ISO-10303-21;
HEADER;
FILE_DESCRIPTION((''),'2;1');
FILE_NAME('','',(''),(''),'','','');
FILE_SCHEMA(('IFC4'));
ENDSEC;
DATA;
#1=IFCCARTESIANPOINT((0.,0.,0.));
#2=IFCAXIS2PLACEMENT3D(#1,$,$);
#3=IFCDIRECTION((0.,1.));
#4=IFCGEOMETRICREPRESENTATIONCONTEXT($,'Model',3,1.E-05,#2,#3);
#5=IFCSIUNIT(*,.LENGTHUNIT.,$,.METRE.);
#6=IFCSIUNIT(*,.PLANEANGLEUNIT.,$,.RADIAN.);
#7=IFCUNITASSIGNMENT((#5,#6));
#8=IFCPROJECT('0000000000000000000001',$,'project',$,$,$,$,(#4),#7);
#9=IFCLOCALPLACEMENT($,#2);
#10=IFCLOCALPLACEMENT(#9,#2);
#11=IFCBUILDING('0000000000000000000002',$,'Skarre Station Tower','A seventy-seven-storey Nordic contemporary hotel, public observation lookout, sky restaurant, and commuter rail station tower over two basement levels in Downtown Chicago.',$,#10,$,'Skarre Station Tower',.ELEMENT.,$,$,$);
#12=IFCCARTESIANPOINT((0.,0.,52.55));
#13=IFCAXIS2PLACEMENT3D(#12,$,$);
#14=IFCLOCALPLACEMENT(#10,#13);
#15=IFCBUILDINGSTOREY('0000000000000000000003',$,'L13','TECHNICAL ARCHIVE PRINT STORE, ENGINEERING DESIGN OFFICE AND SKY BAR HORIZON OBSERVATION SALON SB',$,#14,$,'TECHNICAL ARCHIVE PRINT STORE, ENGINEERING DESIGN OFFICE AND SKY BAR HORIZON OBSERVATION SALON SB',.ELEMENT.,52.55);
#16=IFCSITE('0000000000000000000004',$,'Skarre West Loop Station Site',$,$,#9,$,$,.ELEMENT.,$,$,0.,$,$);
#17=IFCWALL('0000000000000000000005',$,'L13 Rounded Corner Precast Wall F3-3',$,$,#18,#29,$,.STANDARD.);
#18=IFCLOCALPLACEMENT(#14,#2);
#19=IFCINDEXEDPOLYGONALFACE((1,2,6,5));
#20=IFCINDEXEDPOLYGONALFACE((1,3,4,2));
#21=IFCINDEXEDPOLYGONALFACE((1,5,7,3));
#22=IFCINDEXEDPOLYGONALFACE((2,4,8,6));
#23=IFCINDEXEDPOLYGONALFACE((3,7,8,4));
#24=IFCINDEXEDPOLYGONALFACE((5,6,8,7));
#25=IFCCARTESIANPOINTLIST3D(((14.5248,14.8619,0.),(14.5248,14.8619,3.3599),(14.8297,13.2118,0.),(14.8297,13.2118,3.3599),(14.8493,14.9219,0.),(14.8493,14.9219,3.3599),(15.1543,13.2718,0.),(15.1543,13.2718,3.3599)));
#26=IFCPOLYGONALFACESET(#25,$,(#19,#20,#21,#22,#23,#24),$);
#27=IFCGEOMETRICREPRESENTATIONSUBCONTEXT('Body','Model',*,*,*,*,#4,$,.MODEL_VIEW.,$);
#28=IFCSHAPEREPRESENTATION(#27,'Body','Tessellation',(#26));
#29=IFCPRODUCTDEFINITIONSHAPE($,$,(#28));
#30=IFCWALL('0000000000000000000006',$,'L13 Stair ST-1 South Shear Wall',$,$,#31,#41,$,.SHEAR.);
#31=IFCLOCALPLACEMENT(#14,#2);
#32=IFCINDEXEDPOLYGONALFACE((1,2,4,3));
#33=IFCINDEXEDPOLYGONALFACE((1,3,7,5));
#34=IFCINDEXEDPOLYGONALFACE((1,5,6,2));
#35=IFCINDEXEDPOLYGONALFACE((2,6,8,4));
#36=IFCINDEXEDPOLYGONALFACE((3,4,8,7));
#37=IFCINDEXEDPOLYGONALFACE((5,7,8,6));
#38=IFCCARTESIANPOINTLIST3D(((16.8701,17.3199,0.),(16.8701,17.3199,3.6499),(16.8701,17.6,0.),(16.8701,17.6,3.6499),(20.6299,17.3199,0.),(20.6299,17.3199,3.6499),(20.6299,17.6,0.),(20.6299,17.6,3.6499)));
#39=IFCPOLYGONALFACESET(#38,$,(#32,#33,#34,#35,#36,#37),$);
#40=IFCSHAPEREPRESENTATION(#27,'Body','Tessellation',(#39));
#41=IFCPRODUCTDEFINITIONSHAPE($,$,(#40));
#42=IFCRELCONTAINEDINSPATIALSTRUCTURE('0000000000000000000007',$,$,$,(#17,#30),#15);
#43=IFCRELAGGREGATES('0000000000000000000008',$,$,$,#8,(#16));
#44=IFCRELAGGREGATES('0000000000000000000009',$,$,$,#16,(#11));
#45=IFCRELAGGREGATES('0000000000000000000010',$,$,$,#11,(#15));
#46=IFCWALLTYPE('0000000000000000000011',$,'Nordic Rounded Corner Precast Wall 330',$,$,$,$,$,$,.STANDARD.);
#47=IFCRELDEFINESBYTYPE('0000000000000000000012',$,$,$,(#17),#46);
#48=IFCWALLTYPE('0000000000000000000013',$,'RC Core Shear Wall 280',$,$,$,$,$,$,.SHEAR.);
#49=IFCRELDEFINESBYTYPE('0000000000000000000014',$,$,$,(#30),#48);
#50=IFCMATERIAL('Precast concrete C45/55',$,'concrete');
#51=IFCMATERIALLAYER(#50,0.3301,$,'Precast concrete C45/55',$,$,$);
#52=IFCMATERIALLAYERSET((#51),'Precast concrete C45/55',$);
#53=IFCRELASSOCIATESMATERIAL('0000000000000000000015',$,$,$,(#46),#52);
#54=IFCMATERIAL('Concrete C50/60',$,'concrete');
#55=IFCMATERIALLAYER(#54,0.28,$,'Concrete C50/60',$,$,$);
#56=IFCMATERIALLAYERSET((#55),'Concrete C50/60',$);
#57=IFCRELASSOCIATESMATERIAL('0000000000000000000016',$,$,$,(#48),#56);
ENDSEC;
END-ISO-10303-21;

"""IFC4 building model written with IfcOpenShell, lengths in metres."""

from ifc_helpers import new_model, si_unit, direction, frame, frame_2d, origin, place, context, subcontext, project, spatial, rectangle, extrude, material, layer, layer_set, type_object, element, save


model = new_model("IFC4")

# Units and contexts
model_context = context("Model", 3, precision=1e-05, world=origin(), true_north=direction((0.0, 1.0)))
body_context = subcontext(model_context, "Body", "Model", "MODEL_VIEW")
ifc_project = project(units=[si_unit("LENGTHUNIT", "METRE"), si_unit("PLANEANGLEUNIT", "RADIAN")], contexts=[model_context])

# Site, building, storey
site_placement = place(None, origin())
site = spatial("IfcSite", under=ifc_project, at=site_placement, Name="Skarre West Loop Station Site", CompositionType="ELEMENT", RefElevation=0.0)
building_placement = place(site_placement, origin())
building = spatial("IfcBuilding", under=site, at=building_placement, Name="Skarre Station Tower", Description="A seventy-seven-storey Nordic contemporary hotel, public observation lookout, sky restaurant, and commuter rail station tower over two basement levels in Downtown Chicago.", LongName="Skarre Station Tower", CompositionType="ELEMENT")
storey_placement = place(building_placement, frame((0.0, 0.0, 52.55)))
storey = spatial("IfcBuildingStorey", under=building, at=storey_placement, Name="L13", Description="TECHNICAL ARCHIVE PRINT STORE, ENGINEERING DESIGN OFFICE AND SKY BAR HORIZON OBSERVATION SALON SB", LongName="TECHNICAL ARCHIVE PRINT STORE, ENGINEERING DESIGN OFFICE AND SKY BAR HORIZON OBSERVATION SALON SB", CompositionType="ELEMENT", Elevation=52.55)

# Shared definitions
ifc_material_1 = material(Name="Concrete C50/60", Category="concrete")

# Shared definitions
ifc_material_2 = material(Name="Precast concrete C45/55", Category="concrete")

# Walls
ifc_layer_1 = layer(ifc_material_2, 0.3301, Name="Precast concrete C45/55")
ifc_layer_set_1 = layer_set([ifc_layer_1], Name="Precast concrete C45/55")
wall_type_1 = type_object("IfcWallType", Name="Nordic Rounded Corner Precast Wall 330", PredefinedType="STANDARD", material=ifc_layer_set_1)
wall_1_placement = place(storey_placement, frame((14.9919, 13.2419, 0.0), z_axis=(0.0, 0.0, 1.0), x_axis=(-0.181714, 0.983351, 0.0)))
element("IfcWall", 1, at=wall_1_placement, inside=storey, type_object=wall_type_1, Name="L13 Rounded Corner Precast Wall F3-3", PredefinedType="STANDARD", context=body_context, shape_type="SweptSolid", body=[
    extrude(rectangle(XDim=1.678, YDim=0.3301, at=frame_2d((0.8389, 0.0))), origin(), (0.0, 0.0, 1.0), 3.3599),
])
ifc_layer_2 = layer(ifc_material_1, 0.28, Name="Concrete C50/60")
ifc_layer_set_2 = layer_set([ifc_layer_2], Name="Concrete C50/60")
wall_type_2 = type_object("IfcWallType", Name="RC Core Shear Wall 280", PredefinedType="SHEAR", material=ifc_layer_set_2)
wall_2_placement = place(storey_placement, frame((16.8701, 17.46, 0.0), z_axis=(0.0, 0.0, 1.0), x_axis=(1.0, 0.0, 0.0)))
element("IfcWall", 2, at=wall_2_placement, inside=storey, type_object=wall_type_2, Name="L13 Stair ST-1 South Shear Wall", PredefinedType="SHEAR", context=body_context, shape_type="SweptSolid", body=[
    extrude(rectangle(XDim=3.7598, YDim=0.28, at=frame_2d((1.8799, 0.0))), origin(), (0.0, 0.0, 1.0), 3.6499),
])

save(model, "model.ifc")
